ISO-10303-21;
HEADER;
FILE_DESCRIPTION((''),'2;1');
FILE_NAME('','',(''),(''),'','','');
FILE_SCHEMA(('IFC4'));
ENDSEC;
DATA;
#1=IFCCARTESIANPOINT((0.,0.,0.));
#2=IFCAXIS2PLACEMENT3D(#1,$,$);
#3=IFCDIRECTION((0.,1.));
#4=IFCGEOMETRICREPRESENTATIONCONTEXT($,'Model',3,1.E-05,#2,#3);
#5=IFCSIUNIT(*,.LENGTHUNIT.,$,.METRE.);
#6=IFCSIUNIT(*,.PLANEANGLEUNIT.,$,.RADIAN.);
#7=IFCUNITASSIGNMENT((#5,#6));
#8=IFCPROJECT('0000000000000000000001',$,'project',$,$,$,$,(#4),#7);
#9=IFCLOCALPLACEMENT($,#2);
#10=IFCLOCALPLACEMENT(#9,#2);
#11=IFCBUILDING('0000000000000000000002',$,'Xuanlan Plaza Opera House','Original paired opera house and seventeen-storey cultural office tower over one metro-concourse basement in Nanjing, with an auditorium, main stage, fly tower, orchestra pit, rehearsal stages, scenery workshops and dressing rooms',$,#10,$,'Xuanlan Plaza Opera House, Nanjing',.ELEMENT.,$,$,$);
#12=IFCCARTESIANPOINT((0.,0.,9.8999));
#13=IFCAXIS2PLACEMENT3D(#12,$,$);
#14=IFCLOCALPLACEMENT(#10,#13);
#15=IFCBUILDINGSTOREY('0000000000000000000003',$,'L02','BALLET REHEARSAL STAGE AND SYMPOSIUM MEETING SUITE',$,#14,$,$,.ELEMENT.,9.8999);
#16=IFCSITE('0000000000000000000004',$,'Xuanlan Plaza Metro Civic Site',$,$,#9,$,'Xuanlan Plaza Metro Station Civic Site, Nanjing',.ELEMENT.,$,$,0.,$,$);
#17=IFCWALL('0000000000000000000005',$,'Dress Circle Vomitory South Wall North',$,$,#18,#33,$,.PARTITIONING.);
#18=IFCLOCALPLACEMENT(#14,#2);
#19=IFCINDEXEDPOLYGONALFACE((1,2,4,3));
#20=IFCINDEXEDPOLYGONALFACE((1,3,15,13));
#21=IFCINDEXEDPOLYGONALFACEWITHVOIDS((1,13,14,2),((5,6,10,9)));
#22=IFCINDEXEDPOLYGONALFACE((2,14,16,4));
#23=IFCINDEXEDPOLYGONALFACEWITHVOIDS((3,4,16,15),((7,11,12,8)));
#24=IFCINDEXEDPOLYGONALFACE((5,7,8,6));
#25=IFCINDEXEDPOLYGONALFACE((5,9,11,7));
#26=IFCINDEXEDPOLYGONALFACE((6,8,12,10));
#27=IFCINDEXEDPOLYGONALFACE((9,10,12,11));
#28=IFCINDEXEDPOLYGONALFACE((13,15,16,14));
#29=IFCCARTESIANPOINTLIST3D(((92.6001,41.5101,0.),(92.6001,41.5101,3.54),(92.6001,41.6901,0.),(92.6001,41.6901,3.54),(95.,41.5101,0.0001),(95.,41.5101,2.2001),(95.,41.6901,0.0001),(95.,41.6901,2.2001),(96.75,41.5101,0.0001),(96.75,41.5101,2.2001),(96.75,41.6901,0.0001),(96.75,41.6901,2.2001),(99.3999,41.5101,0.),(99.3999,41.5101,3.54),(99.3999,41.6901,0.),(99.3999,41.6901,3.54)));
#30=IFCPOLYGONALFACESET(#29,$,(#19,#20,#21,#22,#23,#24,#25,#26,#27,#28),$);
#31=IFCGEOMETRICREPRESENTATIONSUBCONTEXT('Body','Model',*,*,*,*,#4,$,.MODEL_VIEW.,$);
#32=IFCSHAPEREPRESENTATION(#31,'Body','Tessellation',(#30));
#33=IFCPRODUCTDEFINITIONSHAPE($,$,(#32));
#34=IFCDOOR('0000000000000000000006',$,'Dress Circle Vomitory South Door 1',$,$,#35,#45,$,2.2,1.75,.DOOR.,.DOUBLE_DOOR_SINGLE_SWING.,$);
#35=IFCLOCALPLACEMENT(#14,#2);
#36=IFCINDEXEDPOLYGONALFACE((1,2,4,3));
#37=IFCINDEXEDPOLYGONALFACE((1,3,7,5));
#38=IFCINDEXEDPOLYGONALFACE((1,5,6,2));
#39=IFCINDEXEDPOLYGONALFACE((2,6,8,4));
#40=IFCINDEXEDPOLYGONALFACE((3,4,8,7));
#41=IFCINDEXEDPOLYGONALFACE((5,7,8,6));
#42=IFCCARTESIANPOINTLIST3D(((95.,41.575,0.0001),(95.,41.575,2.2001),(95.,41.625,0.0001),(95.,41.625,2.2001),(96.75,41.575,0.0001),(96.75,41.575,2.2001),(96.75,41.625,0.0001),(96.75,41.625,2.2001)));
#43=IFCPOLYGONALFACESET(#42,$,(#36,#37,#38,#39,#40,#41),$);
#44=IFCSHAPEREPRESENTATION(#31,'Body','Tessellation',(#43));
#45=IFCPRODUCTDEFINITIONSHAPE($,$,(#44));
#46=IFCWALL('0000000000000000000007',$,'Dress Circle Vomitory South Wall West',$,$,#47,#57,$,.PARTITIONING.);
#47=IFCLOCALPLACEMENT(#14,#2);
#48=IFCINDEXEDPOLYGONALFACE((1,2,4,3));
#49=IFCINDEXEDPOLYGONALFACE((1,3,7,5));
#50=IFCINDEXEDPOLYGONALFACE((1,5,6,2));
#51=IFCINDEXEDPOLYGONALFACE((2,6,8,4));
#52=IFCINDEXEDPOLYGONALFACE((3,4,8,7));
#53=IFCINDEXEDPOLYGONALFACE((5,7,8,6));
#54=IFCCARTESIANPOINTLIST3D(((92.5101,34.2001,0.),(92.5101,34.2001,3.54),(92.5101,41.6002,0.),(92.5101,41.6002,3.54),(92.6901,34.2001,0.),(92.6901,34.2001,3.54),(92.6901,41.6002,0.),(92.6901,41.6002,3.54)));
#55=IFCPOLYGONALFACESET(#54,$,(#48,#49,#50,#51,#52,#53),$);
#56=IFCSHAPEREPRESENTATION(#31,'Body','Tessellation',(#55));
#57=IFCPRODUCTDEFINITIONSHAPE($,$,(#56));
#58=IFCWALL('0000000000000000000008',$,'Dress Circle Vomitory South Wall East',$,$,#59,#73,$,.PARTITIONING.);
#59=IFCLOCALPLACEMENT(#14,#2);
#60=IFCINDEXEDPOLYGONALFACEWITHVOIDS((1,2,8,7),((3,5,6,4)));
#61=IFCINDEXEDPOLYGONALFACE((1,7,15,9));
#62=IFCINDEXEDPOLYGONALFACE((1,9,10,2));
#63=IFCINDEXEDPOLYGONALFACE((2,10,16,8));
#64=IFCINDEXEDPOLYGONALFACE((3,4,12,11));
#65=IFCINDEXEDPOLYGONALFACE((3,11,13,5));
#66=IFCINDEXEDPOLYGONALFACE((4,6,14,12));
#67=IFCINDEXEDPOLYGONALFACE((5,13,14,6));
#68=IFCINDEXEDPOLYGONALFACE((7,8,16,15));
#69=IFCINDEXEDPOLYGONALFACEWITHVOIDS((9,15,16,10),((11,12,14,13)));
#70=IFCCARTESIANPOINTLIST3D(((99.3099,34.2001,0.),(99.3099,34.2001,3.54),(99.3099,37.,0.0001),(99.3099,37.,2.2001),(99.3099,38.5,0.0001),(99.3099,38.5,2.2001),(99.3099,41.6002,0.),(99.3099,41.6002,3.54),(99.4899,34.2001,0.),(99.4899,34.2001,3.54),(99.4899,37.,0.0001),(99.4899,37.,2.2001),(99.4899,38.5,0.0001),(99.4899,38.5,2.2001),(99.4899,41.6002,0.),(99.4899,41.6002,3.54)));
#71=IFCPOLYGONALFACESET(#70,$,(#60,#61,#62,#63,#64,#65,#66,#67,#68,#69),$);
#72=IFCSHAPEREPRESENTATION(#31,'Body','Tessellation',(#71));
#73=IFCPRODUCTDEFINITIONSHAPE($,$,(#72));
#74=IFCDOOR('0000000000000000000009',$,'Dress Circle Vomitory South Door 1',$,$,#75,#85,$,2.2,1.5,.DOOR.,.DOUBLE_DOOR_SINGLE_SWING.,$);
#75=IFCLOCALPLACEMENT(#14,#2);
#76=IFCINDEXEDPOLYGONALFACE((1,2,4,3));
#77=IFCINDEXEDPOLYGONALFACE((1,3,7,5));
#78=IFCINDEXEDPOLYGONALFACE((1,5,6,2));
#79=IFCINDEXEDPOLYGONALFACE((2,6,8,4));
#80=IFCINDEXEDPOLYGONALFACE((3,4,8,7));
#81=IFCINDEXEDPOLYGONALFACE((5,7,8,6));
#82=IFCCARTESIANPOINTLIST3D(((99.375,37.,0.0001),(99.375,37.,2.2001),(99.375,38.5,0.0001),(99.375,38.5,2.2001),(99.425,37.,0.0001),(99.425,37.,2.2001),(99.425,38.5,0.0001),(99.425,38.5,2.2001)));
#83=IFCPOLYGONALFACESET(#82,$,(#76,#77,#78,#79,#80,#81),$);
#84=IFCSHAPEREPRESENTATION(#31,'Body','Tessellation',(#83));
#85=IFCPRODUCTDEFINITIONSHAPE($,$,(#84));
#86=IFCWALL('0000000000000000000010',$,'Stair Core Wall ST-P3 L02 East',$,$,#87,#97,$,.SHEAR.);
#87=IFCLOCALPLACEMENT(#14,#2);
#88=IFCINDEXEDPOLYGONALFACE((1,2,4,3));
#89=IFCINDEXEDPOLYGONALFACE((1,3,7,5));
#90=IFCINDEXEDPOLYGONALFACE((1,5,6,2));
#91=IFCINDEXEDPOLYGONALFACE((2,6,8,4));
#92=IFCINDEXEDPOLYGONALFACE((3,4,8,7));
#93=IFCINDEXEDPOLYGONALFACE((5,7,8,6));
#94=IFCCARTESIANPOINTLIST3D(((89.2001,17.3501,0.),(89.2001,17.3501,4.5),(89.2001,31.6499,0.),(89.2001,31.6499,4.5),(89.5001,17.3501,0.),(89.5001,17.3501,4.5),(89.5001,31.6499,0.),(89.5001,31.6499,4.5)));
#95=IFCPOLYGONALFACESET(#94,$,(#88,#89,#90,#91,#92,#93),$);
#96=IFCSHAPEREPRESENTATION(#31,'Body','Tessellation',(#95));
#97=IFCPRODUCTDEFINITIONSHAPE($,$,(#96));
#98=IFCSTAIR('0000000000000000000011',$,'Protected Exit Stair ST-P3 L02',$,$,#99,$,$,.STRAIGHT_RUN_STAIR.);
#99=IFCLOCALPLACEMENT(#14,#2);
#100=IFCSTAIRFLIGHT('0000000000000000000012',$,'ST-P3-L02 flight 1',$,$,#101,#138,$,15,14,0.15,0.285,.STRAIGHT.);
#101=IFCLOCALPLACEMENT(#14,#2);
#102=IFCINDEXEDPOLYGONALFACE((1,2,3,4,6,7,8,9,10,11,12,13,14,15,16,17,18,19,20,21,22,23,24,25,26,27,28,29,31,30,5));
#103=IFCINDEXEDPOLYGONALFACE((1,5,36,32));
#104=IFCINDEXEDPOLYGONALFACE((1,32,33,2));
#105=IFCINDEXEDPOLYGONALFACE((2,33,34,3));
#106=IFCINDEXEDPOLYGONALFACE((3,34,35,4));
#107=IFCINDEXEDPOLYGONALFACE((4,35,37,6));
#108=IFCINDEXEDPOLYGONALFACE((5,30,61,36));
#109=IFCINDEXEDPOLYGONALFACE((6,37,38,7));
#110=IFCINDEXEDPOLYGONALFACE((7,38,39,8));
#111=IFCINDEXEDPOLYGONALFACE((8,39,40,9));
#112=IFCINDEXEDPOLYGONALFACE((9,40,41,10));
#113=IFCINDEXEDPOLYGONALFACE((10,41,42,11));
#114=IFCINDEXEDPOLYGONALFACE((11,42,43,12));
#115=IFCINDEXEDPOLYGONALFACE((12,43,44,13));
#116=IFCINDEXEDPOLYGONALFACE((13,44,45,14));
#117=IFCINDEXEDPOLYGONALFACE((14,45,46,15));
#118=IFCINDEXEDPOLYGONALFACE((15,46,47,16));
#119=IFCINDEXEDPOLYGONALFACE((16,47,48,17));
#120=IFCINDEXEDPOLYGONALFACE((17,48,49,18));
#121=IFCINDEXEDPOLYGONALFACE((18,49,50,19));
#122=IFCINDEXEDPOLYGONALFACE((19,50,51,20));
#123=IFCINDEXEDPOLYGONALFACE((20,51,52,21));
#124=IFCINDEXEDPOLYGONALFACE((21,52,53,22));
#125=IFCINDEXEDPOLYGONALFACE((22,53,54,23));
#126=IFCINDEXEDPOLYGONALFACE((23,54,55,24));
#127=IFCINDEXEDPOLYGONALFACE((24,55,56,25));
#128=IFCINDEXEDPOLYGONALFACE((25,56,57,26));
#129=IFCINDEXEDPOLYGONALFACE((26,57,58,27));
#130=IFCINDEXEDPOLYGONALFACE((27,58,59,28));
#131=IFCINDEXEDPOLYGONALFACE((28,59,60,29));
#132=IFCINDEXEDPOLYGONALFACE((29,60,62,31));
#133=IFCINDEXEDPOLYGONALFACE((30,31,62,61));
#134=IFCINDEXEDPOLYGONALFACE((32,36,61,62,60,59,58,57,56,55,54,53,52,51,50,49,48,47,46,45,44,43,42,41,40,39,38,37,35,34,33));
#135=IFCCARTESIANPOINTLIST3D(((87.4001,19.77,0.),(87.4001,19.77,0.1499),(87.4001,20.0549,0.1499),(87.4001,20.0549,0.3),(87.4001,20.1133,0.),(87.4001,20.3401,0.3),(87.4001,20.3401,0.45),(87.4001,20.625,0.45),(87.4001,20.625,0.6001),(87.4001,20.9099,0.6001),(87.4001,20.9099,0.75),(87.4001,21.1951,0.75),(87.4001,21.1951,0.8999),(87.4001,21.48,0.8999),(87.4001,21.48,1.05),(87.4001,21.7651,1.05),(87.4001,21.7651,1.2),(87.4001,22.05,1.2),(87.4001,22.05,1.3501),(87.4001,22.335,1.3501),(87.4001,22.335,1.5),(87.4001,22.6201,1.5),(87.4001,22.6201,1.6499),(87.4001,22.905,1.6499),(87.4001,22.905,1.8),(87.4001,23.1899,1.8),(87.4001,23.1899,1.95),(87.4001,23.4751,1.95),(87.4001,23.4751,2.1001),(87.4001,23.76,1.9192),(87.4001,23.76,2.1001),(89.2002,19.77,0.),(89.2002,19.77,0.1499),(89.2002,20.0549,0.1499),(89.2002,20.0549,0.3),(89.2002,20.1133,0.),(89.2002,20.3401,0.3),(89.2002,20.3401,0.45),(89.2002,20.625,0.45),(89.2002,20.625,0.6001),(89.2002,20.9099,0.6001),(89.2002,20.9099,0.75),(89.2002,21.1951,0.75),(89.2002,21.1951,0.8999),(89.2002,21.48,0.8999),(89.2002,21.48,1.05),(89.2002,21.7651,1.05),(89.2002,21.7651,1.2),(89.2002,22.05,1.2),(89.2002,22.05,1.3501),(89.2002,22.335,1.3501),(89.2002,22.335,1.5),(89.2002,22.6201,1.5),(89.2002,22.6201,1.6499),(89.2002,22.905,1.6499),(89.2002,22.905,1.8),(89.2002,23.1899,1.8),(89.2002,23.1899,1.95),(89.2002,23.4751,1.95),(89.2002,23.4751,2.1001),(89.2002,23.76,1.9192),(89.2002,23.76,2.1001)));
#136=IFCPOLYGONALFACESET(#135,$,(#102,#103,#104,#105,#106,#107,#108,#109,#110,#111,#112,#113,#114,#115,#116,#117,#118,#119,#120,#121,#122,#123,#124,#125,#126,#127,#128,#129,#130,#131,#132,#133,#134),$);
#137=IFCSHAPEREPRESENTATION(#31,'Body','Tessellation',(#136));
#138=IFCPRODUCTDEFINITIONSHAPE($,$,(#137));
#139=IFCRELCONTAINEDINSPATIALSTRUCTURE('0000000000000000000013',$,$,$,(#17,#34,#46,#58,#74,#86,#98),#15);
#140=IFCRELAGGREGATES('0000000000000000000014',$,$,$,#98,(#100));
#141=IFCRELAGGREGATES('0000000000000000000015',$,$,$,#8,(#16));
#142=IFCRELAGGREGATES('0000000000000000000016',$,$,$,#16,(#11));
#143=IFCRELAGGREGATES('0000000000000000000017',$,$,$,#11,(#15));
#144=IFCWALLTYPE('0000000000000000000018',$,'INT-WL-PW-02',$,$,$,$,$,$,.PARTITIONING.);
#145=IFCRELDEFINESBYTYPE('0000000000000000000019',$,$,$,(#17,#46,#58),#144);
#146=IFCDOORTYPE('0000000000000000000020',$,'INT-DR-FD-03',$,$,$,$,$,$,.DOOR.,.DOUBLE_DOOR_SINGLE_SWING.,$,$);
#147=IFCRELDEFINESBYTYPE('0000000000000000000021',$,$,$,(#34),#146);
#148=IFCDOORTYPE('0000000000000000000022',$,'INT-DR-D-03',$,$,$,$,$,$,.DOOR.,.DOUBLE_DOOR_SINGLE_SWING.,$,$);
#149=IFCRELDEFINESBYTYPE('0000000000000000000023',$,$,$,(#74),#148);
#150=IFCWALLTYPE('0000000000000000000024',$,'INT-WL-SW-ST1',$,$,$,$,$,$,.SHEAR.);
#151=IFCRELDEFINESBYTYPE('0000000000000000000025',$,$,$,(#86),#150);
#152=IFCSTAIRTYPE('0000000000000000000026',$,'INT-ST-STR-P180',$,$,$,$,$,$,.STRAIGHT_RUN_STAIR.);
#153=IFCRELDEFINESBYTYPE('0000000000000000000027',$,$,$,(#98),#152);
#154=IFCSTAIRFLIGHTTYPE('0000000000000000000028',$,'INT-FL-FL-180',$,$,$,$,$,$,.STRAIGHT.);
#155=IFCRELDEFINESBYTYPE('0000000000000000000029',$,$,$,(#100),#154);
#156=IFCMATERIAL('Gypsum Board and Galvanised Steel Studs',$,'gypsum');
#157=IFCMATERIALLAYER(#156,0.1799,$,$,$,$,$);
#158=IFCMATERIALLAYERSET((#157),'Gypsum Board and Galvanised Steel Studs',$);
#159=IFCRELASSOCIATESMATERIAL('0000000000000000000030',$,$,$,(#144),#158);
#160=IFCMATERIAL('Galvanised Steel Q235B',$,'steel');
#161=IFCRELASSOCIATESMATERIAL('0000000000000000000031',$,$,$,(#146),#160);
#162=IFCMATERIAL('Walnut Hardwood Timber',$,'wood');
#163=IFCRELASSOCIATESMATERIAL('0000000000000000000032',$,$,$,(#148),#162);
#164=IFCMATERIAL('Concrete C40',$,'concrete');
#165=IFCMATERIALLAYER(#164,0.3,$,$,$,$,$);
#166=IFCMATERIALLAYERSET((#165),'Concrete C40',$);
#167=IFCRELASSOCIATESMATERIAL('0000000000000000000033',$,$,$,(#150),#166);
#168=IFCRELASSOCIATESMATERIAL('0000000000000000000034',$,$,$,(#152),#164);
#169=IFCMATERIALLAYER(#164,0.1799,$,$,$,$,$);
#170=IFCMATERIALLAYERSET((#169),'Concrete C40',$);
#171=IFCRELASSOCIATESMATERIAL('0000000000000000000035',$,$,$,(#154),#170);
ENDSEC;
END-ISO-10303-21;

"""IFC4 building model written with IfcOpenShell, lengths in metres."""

from ifc_helpers import new_model, si_unit, direction, frame, frame_2d, origin, place, context, subcontext, project, spatial, polyline, rectangle, outline, extrude, material, layer, layer_set, type_object, element, fill, aggregate, save


model = new_model("IFC4")

# Units and contexts
model_context = context("Model", 3, precision=1e-05, world=origin(), true_north=direction((0.0, 1.0)))
body_context = subcontext(model_context, "Body", "Model", "MODEL_VIEW")
ifc_project = project(units=[si_unit("LENGTHUNIT", "METRE"), si_unit("PLANEANGLEUNIT", "RADIAN")], contexts=[model_context])

# Site, building, storey
site_placement = place(None, origin())
site = spatial("IfcSite", under=ifc_project, at=site_placement, Name="Xuanlan Plaza Metro Civic Site", LongName="Xuanlan Plaza Metro Station Civic Site, Nanjing", CompositionType="ELEMENT", RefElevation=0.0)
building_placement = place(site_placement, origin())
building = spatial("IfcBuilding", under=site, at=building_placement, Name="Xuanlan Plaza Opera House", Description="Original paired opera house and seventeen-storey cultural office tower over one metro-concourse basement in Nanjing, with an auditorium, main stage, fly tower, orchestra pit, rehearsal stages, scenery workshops and dressing rooms", LongName="Xuanlan Plaza Opera House, Nanjing", CompositionType="ELEMENT")
storey_placement = place(building_placement, frame((0.0, 0.0, 9.8999)))
storey = spatial("IfcBuildingStorey", under=building, at=storey_placement, Name="L02", Description="BALLET REHEARSAL STAGE AND SYMPOSIUM MEETING SUITE", CompositionType="ELEMENT", Elevation=9.8999)

# Shared definitions
ifc_material_1 = material(Name="Concrete C40", Category="concrete")

# Shared definitions
ifc_material_2 = material(Name="Gypsum Board and Galvanised Steel Studs", Category="gypsum")
ifc_layer_1 = layer(ifc_material_2, 0.1799)
ifc_layer_set_1 = layer_set([ifc_layer_1], Name="Gypsum Board and Galvanised Steel Studs")
wall_type_1 = type_object("IfcWallType", Name="INT-WL-PW-02", PredefinedType="PARTITIONING", material=ifc_layer_set_1)

# Wall, opening, door
wall_1_placement = place(storey_placement, frame((92.6001, 41.6001, 0.0), z_axis=(0.0, 0.0, 1.0), x_axis=(1.0, 0.0, 0.0)))
wall_1 = element("IfcWall", 1, at=wall_1_placement, inside=storey, type_object=wall_type_1, Name="Dress Circle Vomitory South Wall North", PredefinedType="PARTITIONING", context=body_context, shape_type="SweptSolid", body=[
    extrude(rectangle(XDim=6.7998, YDim=0.1799, at=frame_2d((3.3999, 0.0))), origin(), (0.0, 0.0, 1.0), 3.54),
])
opening_1_placement = place(wall_1_placement, frame((2.3999, 0.0, 0.0)))
opening_1 = element("IfcOpeningElement", 2, at=opening_1_placement, cuts=wall_1, PredefinedType="OPENING", context=body_context, shape_type="SweptSolid", body=[
    extrude(rectangle(XDim=1.75, YDim=2.2, at=frame_2d((0.875, 1.1001))), frame((0.0, 0.0999, 0.0), z_axis=(0.0, -1.0, 0.0), x_axis=(1.0, 0.0, 0.0)), (0.0, 0.0, 1.0), 0.2),
])
ifc_material_3 = material(Name="Galvanised Steel Q235B", Category="steel")
door_type_1 = type_object("IfcDoorType", Name="INT-DR-FD-03", OperationType="DOUBLE_DOOR_SINGLE_SWING", PredefinedType="DOOR", material=ifc_material_3)
door_1_placement = place(opening_1_placement, origin())
door_1 = element("IfcDoor", 3, at=door_1_placement, inside=storey, type_object=door_type_1, Name="Dress Circle Vomitory South Door 1", OperationType="DOUBLE_DOOR_SINGLE_SWING", OverallHeight=2.2, OverallWidth=1.75, PredefinedType="DOOR", context=body_context, shape_type="SweptSolid", body=[
    extrude(rectangle(XDim=1.75, YDim=2.2, at=frame_2d((0.875, 1.1001))), frame((0.0, 0.0249, 0.0), z_axis=(0.0, -1.0, 0.0), x_axis=(1.0, 0.0, 0.0)), (0.0, 0.0, 1.0), 0.05),
])
fill(opening_1, door_1)

# Wall
wall_2_placement = place(storey_placement, frame((92.6001, 34.2, 0.0), z_axis=(0.0, 0.0, 1.0), x_axis=(0.0, 1.0, 0.0)))
element("IfcWall", 4, at=wall_2_placement, inside=storey, type_object=wall_type_1, Name="Dress Circle Vomitory South Wall West", PredefinedType="PARTITIONING", context=body_context, shape_type="SweptSolid", body=[
    extrude(rectangle(XDim=7.4001, YDim=0.1799, at=frame_2d((3.7002, 0.0))), origin(), (0.0, 0.0, 1.0), 3.54),
])

# Wall, opening, door
wall_3_placement = place(storey_placement, frame((99.3999, 34.2, 0.0), z_axis=(0.0, 0.0, 1.0), x_axis=(0.0, 1.0, 0.0)))
wall_3 = element("IfcWall", 5, at=wall_3_placement, inside=storey, type_object=wall_type_1, Name="Dress Circle Vomitory South Wall East", PredefinedType="PARTITIONING", context=body_context, shape_type="SweptSolid", body=[
    extrude(rectangle(XDim=7.4001, YDim=0.1799, at=frame_2d((3.7002, 0.0))), origin(), (0.0, 0.0, 1.0), 3.54),
])
opening_2_placement = place(wall_3_placement, frame((2.8, 0.0, 0.0)))
opening_2 = element("IfcOpeningElement", 6, at=opening_2_placement, cuts=wall_3, PredefinedType="OPENING", context=body_context, shape_type="SweptSolid", body=[
    extrude(rectangle(XDim=1.5, YDim=2.2, at=frame_2d((0.75, 1.1001))), frame((0.0, 0.0999, 0.0), z_axis=(0.0, -1.0, 0.0), x_axis=(1.0, 0.0, 0.0)), (0.0, 0.0, 1.0), 0.2),
])
ifc_material_4 = material(Name="Walnut Hardwood Timber", Category="wood")
door_type_2 = type_object("IfcDoorType", Name="INT-DR-D-03", OperationType="DOUBLE_DOOR_SINGLE_SWING", PredefinedType="DOOR", material=ifc_material_4)
door_2_placement = place(opening_2_placement, origin())
door_2 = element("IfcDoor", 7, at=door_2_placement, inside=storey, type_object=door_type_2, Name="Dress Circle Vomitory South Door 1", OperationType="DOUBLE_DOOR_SINGLE_SWING", OverallHeight=2.2, OverallWidth=1.5, PredefinedType="DOOR", context=body_context, shape_type="SweptSolid", body=[
    extrude(rectangle(XDim=1.5, YDim=2.2, at=frame_2d((0.75, 1.1001))), frame((0.0, 0.0249, 0.0), z_axis=(0.0, -1.0, 0.0), x_axis=(1.0, 0.0, 0.0)), (0.0, 0.0, 1.0), 0.05),
])
fill(opening_2, door_2)

# Wall
ifc_layer_2 = layer(ifc_material_1, 0.3)
ifc_layer_set_2 = layer_set([ifc_layer_2], Name="Concrete C40")
wall_type_2 = type_object("IfcWallType", Name="INT-WL-SW-ST1", PredefinedType="SHEAR", material=ifc_layer_set_2)
wall_4_placement = place(storey_placement, frame((89.3501, 17.3501, 0.0), z_axis=(0.0, 0.0, 1.0), x_axis=(0.0, 1.0, 0.0)))
element("IfcWall", 8, at=wall_4_placement, inside=storey, type_object=wall_type_2, Name="Stair Core Wall ST-P3 L02 East", PredefinedType="SHEAR", context=body_context, shape_type="SweptSolid", body=[
    extrude(rectangle(XDim=14.2998, YDim=0.3, at=frame_2d((7.1499, 0.0))), origin(), (0.0, 0.0, 1.0), 4.5),
])

# Stair, stair flight
stair_type = type_object("IfcStairType", Name="INT-ST-STR-P180", PredefinedType="STRAIGHT_RUN_STAIR", material=ifc_material_1)
stair_placement = place(storey_placement, origin())
stair = element("IfcStair", 9, at=stair_placement, inside=storey, type_object=stair_type, Name="Protected Exit Stair ST-P3 L02", PredefinedType="STRAIGHT_RUN_STAIR")
ifc_layer_3 = layer(ifc_material_1, 0.1799)
ifc_layer_set_3 = layer_set([ifc_layer_3], Name="Concrete C40")
stair_flight_type = type_object("IfcStairFlightType", Name="INT-FL-FL-180", PredefinedType="STRAIGHT", material=ifc_layer_set_3)
stair_flight_1_placement = place(storey_placement, frame((88.3, 19.77, 0.0), z_axis=(0.0, 0.0, 1.0), x_axis=(0.0, 1.0, 0.0)))
stair_flight_1 = element("IfcStairFlight", 10, at=stair_flight_1_placement, type_object=stair_flight_type, Name="ST-P3-L02 flight 1", NumberOfRisers=15, NumberOfTreads=14, PredefinedType="STRAIGHT", RiserHeight=0.15, TreadLength=0.285, context=body_context, shape_type="SweptSolid", body=[
    extrude(outline(polyline([(0.0, 0.0), (0.0, 0.1499), (0.2849, 0.1499), (0.2849, 0.3), (0.5701, 0.3), (0.5701, 0.45), (0.855, 0.45), (0.855, 0.6001), (1.1399, 0.6001), (1.1399, 0.75), (1.425, 0.75), (1.425, 0.8999), (1.71, 0.8999), (1.71, 1.05), (1.9951, 1.05), (1.9951, 1.2), (2.28, 1.2), (2.28, 1.3501), (2.5649, 1.3501), (2.5649, 1.5), (2.8501, 1.5), (2.8501, 1.6499), (3.135, 1.6499), (3.135, 1.8), (3.4199, 1.8), (3.4199, 1.95), (3.7051, 1.95), (3.7051, 2.1001), (3.99, 2.1001), (3.99, 2.25), (3.99, 1.9192), (0.3433, 0.0), (0.0, 0.0)])), frame((0.0, 0.8999, 0.0), z_axis=(0.0, -1.0, 0.0), x_axis=(1.0, 0.0, 0.0)), (0.0, 0.0, 1.0), 1.8),
])
aggregate(stair, [stair_flight_1])

save(model, "model.ifc")
